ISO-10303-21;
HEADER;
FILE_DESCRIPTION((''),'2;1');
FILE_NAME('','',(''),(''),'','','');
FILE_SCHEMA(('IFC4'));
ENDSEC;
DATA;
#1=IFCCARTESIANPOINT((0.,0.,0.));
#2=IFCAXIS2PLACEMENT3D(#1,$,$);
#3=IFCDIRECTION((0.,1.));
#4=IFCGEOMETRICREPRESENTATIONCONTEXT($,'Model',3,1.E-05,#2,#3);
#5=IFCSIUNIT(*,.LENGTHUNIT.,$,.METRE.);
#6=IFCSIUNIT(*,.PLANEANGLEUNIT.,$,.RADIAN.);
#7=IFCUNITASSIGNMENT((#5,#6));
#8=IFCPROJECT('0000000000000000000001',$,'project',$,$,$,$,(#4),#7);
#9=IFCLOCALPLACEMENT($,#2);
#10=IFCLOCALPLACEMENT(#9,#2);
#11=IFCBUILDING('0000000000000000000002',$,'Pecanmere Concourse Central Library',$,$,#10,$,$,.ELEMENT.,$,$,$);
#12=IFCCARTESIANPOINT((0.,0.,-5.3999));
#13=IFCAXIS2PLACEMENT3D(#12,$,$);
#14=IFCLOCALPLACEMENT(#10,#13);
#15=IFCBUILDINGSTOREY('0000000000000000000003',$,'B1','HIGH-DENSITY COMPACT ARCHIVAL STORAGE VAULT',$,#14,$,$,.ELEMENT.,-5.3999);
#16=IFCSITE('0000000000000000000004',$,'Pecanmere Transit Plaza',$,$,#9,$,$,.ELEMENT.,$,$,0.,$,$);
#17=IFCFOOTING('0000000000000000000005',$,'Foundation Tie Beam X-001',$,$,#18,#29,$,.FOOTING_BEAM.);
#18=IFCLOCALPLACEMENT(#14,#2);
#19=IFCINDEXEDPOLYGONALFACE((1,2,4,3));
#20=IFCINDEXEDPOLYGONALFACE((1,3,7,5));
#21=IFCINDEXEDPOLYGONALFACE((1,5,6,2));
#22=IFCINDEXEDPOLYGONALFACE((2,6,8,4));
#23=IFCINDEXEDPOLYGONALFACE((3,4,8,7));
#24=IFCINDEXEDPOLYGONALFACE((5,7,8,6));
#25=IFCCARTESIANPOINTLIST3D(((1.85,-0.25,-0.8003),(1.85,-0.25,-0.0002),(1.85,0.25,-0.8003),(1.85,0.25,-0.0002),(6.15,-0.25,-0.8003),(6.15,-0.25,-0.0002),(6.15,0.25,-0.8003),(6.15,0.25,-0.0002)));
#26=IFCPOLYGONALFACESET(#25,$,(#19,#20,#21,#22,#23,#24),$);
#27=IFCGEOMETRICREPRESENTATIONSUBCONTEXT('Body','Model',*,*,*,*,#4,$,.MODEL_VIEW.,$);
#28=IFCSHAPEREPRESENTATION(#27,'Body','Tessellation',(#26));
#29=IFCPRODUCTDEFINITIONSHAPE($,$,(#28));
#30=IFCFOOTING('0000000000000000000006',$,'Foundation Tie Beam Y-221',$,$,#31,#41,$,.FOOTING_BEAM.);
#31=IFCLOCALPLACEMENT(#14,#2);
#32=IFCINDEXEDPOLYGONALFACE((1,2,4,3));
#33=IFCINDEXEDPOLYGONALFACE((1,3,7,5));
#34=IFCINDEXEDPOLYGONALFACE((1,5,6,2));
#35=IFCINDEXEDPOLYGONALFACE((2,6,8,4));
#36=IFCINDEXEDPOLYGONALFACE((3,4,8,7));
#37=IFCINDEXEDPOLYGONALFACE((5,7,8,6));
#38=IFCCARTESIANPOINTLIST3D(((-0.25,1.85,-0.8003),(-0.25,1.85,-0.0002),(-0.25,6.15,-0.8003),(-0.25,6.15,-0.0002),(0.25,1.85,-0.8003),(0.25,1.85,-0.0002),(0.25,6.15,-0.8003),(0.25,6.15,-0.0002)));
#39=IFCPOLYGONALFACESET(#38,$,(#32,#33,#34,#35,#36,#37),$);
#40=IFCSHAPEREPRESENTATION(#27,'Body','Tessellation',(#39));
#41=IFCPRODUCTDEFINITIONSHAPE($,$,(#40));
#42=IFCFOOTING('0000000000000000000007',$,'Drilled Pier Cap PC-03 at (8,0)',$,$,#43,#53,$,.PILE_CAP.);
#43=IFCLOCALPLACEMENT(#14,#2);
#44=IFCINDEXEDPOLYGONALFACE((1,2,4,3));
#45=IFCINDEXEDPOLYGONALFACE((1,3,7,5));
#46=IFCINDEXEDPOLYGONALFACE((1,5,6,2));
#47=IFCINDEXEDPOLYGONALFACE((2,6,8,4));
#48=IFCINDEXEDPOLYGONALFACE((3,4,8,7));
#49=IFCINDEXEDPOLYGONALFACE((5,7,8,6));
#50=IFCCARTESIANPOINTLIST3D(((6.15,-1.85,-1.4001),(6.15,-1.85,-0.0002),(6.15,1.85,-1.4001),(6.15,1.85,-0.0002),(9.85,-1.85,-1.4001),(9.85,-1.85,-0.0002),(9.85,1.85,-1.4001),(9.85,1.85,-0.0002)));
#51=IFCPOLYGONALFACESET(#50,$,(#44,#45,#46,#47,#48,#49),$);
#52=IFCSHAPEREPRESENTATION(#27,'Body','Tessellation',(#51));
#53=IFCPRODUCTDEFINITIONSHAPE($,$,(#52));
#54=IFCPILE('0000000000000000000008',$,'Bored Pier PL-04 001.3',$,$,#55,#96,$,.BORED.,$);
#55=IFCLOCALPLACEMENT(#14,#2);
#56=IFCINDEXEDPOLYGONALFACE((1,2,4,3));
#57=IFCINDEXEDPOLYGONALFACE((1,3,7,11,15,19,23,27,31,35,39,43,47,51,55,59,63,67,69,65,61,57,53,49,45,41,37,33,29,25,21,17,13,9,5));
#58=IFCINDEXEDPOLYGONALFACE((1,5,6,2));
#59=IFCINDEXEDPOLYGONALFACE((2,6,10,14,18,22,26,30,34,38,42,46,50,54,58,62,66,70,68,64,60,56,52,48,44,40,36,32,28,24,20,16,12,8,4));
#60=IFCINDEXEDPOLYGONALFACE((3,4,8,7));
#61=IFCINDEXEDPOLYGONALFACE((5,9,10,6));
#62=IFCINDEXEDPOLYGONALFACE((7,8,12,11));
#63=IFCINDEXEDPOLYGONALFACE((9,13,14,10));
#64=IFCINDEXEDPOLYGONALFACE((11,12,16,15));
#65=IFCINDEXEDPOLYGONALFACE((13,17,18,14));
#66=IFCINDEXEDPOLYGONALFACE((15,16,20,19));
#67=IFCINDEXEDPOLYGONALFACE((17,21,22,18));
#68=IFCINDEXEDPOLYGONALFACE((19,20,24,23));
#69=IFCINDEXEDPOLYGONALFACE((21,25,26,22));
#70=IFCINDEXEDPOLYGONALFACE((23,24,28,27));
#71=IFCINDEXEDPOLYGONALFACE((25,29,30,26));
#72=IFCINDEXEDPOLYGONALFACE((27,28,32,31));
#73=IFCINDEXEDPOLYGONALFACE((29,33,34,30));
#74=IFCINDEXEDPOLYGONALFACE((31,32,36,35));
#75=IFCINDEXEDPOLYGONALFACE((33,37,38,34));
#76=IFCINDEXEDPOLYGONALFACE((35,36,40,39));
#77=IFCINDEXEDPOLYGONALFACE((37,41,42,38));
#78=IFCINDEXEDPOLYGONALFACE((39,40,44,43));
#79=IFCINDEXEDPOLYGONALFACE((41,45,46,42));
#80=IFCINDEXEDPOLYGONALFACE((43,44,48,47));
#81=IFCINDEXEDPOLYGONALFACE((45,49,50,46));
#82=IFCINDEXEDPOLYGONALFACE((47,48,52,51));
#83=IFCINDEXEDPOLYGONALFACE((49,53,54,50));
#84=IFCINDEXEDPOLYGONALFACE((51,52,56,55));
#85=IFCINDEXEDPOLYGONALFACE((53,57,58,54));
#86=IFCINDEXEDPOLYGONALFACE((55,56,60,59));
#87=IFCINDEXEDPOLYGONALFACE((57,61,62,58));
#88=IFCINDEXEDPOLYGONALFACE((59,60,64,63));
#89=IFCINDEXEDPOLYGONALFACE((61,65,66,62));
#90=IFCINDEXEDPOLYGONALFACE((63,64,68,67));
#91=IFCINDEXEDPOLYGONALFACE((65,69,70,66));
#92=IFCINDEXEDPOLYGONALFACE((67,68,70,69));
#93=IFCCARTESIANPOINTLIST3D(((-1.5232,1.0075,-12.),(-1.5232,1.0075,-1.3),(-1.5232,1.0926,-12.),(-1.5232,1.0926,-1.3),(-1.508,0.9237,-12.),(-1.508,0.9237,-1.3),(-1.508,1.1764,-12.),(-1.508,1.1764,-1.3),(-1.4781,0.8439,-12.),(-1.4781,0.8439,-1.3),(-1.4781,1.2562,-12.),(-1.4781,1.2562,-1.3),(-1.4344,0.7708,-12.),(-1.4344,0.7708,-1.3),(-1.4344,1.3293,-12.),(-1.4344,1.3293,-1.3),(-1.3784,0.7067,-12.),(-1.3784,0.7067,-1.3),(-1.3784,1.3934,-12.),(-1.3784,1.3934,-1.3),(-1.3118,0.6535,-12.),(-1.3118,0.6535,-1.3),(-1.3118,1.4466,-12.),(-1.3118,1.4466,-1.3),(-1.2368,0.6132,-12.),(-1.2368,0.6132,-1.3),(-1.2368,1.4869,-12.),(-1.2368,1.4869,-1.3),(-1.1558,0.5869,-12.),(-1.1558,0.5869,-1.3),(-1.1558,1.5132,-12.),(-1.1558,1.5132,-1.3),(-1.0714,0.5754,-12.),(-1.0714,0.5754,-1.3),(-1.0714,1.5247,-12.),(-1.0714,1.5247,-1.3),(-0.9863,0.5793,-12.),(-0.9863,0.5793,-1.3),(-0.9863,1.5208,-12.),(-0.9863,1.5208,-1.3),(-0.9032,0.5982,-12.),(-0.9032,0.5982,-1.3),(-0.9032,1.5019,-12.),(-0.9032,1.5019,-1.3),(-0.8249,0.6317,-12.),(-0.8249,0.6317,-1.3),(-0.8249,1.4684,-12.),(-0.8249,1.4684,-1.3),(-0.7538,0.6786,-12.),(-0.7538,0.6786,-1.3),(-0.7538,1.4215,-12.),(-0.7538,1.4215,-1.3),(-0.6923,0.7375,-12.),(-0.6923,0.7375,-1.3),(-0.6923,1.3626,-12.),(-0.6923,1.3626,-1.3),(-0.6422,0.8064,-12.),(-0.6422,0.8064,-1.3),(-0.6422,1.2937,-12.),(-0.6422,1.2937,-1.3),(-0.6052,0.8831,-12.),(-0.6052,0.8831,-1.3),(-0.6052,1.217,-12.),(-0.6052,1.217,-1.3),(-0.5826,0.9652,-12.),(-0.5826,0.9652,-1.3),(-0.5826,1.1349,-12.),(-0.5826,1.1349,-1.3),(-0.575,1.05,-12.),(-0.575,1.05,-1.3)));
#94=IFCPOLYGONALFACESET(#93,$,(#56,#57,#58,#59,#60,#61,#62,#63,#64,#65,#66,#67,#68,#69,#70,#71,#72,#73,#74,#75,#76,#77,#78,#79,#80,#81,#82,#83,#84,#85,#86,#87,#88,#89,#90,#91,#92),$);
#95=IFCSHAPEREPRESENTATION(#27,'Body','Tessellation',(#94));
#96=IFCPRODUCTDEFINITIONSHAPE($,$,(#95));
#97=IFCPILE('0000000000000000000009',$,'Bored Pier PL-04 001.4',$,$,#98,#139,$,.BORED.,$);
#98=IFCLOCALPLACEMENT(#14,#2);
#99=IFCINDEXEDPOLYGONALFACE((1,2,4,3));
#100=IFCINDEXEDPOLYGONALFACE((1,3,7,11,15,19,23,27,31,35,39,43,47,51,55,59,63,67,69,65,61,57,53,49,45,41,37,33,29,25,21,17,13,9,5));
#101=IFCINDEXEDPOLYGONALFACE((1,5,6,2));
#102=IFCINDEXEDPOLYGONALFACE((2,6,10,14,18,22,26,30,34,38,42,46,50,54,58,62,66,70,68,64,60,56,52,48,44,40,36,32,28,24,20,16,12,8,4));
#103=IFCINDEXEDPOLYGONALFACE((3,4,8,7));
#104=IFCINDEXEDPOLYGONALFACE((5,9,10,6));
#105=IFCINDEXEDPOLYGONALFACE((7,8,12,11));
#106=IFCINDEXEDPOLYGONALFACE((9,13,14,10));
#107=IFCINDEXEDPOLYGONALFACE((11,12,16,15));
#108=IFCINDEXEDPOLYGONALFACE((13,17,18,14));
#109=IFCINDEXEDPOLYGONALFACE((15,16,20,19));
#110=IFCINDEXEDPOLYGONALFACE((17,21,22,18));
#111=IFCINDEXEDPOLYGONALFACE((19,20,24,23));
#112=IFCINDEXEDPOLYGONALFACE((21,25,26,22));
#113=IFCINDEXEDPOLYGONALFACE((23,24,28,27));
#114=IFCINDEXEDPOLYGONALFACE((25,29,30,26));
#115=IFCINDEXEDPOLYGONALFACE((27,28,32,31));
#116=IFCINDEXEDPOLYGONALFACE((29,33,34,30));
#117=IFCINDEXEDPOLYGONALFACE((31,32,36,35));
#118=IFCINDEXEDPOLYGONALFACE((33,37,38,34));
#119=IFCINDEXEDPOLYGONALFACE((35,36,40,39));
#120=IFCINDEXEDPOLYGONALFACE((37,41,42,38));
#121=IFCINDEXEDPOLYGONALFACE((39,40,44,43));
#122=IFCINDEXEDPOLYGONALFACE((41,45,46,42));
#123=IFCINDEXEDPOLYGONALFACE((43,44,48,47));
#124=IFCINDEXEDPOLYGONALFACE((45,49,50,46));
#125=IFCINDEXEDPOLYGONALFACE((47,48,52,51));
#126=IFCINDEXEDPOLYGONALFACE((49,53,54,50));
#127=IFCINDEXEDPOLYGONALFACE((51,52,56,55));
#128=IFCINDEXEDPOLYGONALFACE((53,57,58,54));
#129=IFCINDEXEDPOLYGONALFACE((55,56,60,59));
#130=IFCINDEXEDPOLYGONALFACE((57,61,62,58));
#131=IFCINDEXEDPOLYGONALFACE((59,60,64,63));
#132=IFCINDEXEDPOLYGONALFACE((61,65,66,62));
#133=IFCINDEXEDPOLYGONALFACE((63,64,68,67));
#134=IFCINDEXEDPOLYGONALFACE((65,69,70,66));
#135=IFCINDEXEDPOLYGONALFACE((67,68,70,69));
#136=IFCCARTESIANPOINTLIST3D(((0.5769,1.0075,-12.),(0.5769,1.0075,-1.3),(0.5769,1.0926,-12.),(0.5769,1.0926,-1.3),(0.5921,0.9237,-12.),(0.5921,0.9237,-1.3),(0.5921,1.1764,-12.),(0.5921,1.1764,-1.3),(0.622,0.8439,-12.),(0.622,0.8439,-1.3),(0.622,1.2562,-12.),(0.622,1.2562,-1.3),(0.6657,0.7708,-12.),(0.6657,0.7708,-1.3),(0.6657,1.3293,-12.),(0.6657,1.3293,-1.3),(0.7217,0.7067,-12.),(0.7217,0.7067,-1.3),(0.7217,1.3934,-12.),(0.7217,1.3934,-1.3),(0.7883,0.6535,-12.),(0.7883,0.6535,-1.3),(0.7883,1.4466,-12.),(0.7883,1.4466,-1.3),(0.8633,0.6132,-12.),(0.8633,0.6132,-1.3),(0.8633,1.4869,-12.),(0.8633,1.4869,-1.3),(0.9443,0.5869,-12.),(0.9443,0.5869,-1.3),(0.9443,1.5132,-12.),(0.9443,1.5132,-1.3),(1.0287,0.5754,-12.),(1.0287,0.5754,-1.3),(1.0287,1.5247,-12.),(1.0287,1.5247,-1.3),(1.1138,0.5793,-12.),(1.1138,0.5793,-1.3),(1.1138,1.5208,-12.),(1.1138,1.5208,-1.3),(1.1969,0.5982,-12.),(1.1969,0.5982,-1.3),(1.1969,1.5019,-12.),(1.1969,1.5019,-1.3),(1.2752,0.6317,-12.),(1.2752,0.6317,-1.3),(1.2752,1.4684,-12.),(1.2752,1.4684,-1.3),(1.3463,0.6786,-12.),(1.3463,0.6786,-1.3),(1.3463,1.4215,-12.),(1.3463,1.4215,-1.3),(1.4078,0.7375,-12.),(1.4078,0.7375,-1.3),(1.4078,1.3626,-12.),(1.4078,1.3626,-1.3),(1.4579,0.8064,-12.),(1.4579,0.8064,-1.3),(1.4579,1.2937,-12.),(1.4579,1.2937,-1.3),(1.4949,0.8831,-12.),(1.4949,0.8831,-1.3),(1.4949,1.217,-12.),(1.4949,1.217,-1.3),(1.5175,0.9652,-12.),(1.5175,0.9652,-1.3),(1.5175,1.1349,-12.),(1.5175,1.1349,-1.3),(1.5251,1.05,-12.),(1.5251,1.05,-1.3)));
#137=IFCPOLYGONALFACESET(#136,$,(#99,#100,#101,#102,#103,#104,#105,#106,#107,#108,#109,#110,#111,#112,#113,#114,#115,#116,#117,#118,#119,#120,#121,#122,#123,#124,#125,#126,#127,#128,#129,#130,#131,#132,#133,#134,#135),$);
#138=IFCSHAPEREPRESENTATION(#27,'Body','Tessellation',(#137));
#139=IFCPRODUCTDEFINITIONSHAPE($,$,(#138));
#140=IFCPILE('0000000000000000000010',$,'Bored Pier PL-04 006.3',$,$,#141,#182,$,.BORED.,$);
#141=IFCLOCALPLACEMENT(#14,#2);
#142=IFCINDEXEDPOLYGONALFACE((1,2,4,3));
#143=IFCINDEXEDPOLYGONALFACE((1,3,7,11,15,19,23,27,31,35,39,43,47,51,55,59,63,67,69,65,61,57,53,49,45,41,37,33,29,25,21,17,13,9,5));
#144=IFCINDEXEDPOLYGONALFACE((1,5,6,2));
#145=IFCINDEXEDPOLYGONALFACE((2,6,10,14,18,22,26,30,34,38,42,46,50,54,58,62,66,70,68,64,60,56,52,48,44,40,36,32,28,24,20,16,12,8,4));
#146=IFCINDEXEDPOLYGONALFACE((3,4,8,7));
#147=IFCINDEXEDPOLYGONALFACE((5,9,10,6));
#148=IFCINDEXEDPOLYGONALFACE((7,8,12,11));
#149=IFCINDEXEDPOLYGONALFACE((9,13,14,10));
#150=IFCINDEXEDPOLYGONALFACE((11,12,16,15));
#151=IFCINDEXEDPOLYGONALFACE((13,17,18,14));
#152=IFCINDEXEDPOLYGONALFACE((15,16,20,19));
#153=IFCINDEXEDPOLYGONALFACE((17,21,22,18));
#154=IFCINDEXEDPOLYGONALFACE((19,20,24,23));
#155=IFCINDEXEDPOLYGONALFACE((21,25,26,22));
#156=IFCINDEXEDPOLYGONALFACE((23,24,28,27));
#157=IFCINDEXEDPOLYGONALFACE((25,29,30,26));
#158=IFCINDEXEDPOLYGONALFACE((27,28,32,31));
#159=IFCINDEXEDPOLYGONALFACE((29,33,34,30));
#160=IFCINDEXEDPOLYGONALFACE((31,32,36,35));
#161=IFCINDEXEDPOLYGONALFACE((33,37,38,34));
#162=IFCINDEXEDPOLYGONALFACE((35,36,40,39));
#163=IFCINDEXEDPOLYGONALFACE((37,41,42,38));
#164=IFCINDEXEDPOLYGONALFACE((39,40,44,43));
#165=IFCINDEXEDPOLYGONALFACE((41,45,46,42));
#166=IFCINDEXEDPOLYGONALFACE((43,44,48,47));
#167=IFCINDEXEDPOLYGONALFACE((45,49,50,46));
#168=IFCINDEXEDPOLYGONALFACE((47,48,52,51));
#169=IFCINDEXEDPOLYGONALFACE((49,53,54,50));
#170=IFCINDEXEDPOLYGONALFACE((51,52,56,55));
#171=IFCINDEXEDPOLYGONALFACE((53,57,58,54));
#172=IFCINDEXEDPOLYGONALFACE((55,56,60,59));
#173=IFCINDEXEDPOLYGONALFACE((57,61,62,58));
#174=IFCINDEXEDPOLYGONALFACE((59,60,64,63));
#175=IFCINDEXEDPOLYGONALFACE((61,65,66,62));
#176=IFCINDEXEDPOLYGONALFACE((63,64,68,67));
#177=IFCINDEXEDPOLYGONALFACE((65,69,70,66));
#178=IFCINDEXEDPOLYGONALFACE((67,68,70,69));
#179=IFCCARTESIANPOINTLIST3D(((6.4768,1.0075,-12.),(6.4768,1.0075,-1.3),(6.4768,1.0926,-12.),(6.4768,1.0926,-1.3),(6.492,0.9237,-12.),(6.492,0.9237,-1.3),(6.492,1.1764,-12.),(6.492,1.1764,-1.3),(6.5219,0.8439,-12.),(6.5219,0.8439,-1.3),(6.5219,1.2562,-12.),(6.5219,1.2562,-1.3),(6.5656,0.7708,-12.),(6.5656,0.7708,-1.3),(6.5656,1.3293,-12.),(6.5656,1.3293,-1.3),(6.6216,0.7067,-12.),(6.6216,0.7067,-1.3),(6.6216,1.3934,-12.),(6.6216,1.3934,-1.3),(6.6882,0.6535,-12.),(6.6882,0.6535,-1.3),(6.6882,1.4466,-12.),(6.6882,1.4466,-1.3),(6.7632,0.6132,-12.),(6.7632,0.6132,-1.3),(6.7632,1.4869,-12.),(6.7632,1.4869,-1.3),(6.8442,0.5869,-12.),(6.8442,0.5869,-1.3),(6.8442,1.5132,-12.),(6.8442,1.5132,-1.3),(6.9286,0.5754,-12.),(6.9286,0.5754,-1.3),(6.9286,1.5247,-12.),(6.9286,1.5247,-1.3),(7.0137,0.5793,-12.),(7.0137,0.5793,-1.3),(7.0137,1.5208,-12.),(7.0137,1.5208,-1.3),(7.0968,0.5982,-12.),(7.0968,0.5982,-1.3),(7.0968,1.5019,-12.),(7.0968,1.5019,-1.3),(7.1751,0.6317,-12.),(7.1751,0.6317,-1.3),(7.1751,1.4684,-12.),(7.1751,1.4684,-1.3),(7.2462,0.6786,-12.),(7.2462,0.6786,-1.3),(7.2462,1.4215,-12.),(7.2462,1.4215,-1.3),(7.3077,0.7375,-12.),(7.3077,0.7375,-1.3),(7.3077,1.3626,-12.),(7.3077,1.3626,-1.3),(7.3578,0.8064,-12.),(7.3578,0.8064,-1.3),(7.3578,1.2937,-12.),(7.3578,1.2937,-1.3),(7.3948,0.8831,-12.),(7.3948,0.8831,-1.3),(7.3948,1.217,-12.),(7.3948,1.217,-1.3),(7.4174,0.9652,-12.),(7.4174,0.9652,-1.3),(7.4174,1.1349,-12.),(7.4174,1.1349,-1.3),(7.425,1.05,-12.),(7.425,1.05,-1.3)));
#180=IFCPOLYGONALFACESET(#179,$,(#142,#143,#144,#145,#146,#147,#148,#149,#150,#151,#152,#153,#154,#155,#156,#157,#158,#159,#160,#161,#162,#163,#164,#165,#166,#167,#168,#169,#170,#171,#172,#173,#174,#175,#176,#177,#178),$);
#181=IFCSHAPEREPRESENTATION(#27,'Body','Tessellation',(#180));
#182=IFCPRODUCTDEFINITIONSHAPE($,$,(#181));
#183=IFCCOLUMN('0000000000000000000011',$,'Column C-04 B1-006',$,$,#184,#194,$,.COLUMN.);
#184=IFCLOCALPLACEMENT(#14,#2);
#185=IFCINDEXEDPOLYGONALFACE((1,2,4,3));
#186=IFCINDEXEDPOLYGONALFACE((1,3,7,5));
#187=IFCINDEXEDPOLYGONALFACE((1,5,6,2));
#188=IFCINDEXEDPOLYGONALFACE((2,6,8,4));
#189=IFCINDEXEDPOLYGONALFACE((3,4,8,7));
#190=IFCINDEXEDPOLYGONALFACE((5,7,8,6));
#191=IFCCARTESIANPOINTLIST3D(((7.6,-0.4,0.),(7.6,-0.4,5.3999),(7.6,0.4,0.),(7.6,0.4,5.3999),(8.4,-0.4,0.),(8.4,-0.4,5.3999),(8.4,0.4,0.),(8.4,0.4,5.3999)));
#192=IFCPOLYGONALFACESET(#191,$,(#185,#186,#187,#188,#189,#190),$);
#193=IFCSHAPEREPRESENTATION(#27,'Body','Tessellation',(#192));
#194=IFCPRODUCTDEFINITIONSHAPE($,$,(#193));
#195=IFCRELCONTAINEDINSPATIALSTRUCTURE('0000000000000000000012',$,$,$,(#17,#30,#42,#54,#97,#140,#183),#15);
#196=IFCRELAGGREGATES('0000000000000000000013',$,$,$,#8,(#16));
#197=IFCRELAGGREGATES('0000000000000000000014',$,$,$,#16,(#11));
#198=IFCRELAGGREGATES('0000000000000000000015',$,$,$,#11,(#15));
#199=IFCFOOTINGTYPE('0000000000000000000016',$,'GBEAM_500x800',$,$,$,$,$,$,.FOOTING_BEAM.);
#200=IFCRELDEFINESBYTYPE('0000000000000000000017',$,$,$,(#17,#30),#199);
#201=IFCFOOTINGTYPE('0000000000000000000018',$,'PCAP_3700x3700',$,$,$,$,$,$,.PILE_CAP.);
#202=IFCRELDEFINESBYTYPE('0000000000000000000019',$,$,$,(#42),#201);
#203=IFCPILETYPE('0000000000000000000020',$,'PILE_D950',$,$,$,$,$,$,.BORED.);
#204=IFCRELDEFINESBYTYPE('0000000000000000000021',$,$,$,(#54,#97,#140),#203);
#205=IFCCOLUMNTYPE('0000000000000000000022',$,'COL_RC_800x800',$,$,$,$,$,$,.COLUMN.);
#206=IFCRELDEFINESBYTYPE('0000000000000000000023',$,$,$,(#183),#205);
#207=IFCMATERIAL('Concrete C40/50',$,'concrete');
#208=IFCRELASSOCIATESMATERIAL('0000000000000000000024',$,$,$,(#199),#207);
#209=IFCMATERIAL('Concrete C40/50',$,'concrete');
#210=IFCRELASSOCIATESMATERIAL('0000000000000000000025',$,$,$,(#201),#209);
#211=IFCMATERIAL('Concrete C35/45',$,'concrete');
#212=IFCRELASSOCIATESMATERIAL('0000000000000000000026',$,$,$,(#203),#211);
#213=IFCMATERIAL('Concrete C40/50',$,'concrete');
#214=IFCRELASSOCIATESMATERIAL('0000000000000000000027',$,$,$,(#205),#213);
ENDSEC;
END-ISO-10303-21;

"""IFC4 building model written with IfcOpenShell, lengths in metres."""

from ifc_helpers import new_model, si_unit, direction, frame, origin, origin_2d, place, context, subcontext, project, spatial, rectangle, circle, extrude, material, material_profile, profile_set, type_object, element, save


model = new_model("IFC4")

# Units and contexts
model_context = context("Model", 3, precision=1e-05, world=origin(), true_north=direction((0.0, 1.0)))
body_context = subcontext(model_context, "Body", "Model", "MODEL_VIEW")
ifc_project = project(units=[si_unit("LENGTHUNIT", "METRE"), si_unit("PLANEANGLEUNIT", "RADIAN")], contexts=[model_context])

# Site, building, storey
site_placement = place(None, origin())
site = spatial("IfcSite", under=ifc_project, at=site_placement, Name="Pecanmere Transit Plaza", CompositionType="ELEMENT", RefElevation=0.0)
building_placement = place(site_placement, origin())
building = spatial("IfcBuilding", under=site, at=building_placement, Name="Pecanmere Concourse Central Library", CompositionType="ELEMENT")
storey_placement = place(building_placement, frame((0.0, 0.0, -5.3999)))
storey = spatial("IfcBuildingStorey", under=building, at=storey_placement, Name="B1", Description="HIGH-DENSITY COMPACT ARCHIVAL STORAGE VAULT", CompositionType="ELEMENT", Elevation=-5.3999)

# Footings
ifc_material_1 = material(Name="Concrete C40/50", Category="concrete")
ifc_material_profile_1 = material_profile(ifc_material_1, rectangle(XDim=0.5, YDim=0.8, at=origin_2d()), Name="RC 500x800")
ifc_profile_set_1 = profile_set([ifc_material_profile_1], Name="Concrete C40/50")
footing_type_1 = type_object("IfcFootingType", Name="GBEAM_500x800", PredefinedType="FOOTING_BEAM", material=ifc_profile_set_1)
for number, where, z_axis, x_axis, name in (
    (1, (4.0, 0.0, -0.8003), (0.0, 0.0, 1.0), (1.0, 0.0, 0.0), "Foundation Tie Beam X-001"),
    (2, (0.0, 4.0, -0.8003), (0.0, 0.0, 1.0), (0.0, 1.0, 0.0), "Foundation Tie Beam Y-221"),
):
    element("IfcFooting", number, at=place(storey_placement, frame(where, z_axis=z_axis, x_axis=x_axis)), inside=storey, type_object=footing_type_1, Name=name, PredefinedType="FOOTING_BEAM", context=body_context, shape_type="SweptSolid", body=[
        extrude(rectangle(XDim=4.3, YDim=0.5, at=origin_2d()), origin(), (0.0, 0.0, 1.0), 0.8),
    ])
ifc_material_2 = material(Name="Concrete C40/50", Category="concrete")
footing_type_2 = type_object("IfcFootingType", Name="PCAP_3700x3700", PredefinedType="PILE_CAP", material=ifc_material_2)
footing_placement = place(storey_placement, frame((8.0, 0.0, -1.4001), z_axis=(0.0, 0.0, 1.0), x_axis=(1.0, 0.0, 0.0)))
element("IfcFooting", 3, at=footing_placement, inside=storey, type_object=footing_type_2, Name="Drilled Pier Cap PC-03 at (8,0)", PredefinedType="PILE_CAP", context=body_context, shape_type="SweptSolid", body=[
    extrude(rectangle(XDim=3.7, YDim=3.7, at=origin_2d()), origin(), (0.0, 0.0, 1.0), 1.3999),
])

# Piles
ifc_material_3 = material(Name="Concrete C35/45", Category="concrete")
ifc_material_profile_2 = material_profile(ifc_material_3, circle(Radius=0.4751, at=origin_2d()), Name="PIER D950")
ifc_profile_set_2 = profile_set([ifc_material_profile_2], Name="Concrete C35/45")
pile_type = type_object("IfcPileType", Name="PILE_D950", PredefinedType="BORED", material=ifc_profile_set_2)
for number, where, z_axis, x_axis, name in (
    (4, (-1.05, 1.05, -1.3), (0.0, 0.0, -1.0), (1.0, 0.0, 0.0), "Bored Pier PL-04 001.3"),
    (5, (1.05, 1.05, -1.3), (0.0, 0.0, -1.0), (1.0, 0.0, 0.0), "Bored Pier PL-04 001.4"),
    (6, (6.95, 1.05, -1.3), (0.0, 0.0, -1.0), (1.0, 0.0, 0.0), "Bored Pier PL-04 006.3"),
):
    element("IfcPile", number, at=place(storey_placement, frame(where, z_axis=z_axis, x_axis=x_axis)), inside=storey, type_object=pile_type, Name=name, PredefinedType="BORED", context=body_context, shape_type="SweptSolid", body=[
        extrude(circle(Radius=0.4751, at=origin_2d()), origin(), (0.0, 0.0, 1.0), 10.7),
    ])

# Column
ifc_material_4 = material(Name="Concrete C40/50", Category="concrete")
ifc_material_profile_3 = material_profile(ifc_material_4, rectangle(XDim=0.8, YDim=0.8, at=origin_2d()), Name="RC 800x800")
ifc_profile_set_3 = profile_set([ifc_material_profile_3], Name="Concrete C40/50")
column_type = type_object("IfcColumnType", Name="COL_RC_800x800", PredefinedType="COLUMN", material=ifc_profile_set_3)
column_placement = place(storey_placement, frame((8.0, 0.0, 0.0), z_axis=(0.0, 0.0, 1.0), x_axis=(1.0, 0.0, 0.0)))
element("IfcColumn", 7, at=column_placement, inside=storey, type_object=column_type, Name="Column C-04 B1-006", PredefinedType="COLUMN", context=body_context, shape_type="SweptSolid", body=[
    extrude(rectangle(XDim=0.8, YDim=0.8, at=origin_2d()), origin(), (0.0, 0.0, 1.0), 5.3999),
])

save(model, "model.ifc")
